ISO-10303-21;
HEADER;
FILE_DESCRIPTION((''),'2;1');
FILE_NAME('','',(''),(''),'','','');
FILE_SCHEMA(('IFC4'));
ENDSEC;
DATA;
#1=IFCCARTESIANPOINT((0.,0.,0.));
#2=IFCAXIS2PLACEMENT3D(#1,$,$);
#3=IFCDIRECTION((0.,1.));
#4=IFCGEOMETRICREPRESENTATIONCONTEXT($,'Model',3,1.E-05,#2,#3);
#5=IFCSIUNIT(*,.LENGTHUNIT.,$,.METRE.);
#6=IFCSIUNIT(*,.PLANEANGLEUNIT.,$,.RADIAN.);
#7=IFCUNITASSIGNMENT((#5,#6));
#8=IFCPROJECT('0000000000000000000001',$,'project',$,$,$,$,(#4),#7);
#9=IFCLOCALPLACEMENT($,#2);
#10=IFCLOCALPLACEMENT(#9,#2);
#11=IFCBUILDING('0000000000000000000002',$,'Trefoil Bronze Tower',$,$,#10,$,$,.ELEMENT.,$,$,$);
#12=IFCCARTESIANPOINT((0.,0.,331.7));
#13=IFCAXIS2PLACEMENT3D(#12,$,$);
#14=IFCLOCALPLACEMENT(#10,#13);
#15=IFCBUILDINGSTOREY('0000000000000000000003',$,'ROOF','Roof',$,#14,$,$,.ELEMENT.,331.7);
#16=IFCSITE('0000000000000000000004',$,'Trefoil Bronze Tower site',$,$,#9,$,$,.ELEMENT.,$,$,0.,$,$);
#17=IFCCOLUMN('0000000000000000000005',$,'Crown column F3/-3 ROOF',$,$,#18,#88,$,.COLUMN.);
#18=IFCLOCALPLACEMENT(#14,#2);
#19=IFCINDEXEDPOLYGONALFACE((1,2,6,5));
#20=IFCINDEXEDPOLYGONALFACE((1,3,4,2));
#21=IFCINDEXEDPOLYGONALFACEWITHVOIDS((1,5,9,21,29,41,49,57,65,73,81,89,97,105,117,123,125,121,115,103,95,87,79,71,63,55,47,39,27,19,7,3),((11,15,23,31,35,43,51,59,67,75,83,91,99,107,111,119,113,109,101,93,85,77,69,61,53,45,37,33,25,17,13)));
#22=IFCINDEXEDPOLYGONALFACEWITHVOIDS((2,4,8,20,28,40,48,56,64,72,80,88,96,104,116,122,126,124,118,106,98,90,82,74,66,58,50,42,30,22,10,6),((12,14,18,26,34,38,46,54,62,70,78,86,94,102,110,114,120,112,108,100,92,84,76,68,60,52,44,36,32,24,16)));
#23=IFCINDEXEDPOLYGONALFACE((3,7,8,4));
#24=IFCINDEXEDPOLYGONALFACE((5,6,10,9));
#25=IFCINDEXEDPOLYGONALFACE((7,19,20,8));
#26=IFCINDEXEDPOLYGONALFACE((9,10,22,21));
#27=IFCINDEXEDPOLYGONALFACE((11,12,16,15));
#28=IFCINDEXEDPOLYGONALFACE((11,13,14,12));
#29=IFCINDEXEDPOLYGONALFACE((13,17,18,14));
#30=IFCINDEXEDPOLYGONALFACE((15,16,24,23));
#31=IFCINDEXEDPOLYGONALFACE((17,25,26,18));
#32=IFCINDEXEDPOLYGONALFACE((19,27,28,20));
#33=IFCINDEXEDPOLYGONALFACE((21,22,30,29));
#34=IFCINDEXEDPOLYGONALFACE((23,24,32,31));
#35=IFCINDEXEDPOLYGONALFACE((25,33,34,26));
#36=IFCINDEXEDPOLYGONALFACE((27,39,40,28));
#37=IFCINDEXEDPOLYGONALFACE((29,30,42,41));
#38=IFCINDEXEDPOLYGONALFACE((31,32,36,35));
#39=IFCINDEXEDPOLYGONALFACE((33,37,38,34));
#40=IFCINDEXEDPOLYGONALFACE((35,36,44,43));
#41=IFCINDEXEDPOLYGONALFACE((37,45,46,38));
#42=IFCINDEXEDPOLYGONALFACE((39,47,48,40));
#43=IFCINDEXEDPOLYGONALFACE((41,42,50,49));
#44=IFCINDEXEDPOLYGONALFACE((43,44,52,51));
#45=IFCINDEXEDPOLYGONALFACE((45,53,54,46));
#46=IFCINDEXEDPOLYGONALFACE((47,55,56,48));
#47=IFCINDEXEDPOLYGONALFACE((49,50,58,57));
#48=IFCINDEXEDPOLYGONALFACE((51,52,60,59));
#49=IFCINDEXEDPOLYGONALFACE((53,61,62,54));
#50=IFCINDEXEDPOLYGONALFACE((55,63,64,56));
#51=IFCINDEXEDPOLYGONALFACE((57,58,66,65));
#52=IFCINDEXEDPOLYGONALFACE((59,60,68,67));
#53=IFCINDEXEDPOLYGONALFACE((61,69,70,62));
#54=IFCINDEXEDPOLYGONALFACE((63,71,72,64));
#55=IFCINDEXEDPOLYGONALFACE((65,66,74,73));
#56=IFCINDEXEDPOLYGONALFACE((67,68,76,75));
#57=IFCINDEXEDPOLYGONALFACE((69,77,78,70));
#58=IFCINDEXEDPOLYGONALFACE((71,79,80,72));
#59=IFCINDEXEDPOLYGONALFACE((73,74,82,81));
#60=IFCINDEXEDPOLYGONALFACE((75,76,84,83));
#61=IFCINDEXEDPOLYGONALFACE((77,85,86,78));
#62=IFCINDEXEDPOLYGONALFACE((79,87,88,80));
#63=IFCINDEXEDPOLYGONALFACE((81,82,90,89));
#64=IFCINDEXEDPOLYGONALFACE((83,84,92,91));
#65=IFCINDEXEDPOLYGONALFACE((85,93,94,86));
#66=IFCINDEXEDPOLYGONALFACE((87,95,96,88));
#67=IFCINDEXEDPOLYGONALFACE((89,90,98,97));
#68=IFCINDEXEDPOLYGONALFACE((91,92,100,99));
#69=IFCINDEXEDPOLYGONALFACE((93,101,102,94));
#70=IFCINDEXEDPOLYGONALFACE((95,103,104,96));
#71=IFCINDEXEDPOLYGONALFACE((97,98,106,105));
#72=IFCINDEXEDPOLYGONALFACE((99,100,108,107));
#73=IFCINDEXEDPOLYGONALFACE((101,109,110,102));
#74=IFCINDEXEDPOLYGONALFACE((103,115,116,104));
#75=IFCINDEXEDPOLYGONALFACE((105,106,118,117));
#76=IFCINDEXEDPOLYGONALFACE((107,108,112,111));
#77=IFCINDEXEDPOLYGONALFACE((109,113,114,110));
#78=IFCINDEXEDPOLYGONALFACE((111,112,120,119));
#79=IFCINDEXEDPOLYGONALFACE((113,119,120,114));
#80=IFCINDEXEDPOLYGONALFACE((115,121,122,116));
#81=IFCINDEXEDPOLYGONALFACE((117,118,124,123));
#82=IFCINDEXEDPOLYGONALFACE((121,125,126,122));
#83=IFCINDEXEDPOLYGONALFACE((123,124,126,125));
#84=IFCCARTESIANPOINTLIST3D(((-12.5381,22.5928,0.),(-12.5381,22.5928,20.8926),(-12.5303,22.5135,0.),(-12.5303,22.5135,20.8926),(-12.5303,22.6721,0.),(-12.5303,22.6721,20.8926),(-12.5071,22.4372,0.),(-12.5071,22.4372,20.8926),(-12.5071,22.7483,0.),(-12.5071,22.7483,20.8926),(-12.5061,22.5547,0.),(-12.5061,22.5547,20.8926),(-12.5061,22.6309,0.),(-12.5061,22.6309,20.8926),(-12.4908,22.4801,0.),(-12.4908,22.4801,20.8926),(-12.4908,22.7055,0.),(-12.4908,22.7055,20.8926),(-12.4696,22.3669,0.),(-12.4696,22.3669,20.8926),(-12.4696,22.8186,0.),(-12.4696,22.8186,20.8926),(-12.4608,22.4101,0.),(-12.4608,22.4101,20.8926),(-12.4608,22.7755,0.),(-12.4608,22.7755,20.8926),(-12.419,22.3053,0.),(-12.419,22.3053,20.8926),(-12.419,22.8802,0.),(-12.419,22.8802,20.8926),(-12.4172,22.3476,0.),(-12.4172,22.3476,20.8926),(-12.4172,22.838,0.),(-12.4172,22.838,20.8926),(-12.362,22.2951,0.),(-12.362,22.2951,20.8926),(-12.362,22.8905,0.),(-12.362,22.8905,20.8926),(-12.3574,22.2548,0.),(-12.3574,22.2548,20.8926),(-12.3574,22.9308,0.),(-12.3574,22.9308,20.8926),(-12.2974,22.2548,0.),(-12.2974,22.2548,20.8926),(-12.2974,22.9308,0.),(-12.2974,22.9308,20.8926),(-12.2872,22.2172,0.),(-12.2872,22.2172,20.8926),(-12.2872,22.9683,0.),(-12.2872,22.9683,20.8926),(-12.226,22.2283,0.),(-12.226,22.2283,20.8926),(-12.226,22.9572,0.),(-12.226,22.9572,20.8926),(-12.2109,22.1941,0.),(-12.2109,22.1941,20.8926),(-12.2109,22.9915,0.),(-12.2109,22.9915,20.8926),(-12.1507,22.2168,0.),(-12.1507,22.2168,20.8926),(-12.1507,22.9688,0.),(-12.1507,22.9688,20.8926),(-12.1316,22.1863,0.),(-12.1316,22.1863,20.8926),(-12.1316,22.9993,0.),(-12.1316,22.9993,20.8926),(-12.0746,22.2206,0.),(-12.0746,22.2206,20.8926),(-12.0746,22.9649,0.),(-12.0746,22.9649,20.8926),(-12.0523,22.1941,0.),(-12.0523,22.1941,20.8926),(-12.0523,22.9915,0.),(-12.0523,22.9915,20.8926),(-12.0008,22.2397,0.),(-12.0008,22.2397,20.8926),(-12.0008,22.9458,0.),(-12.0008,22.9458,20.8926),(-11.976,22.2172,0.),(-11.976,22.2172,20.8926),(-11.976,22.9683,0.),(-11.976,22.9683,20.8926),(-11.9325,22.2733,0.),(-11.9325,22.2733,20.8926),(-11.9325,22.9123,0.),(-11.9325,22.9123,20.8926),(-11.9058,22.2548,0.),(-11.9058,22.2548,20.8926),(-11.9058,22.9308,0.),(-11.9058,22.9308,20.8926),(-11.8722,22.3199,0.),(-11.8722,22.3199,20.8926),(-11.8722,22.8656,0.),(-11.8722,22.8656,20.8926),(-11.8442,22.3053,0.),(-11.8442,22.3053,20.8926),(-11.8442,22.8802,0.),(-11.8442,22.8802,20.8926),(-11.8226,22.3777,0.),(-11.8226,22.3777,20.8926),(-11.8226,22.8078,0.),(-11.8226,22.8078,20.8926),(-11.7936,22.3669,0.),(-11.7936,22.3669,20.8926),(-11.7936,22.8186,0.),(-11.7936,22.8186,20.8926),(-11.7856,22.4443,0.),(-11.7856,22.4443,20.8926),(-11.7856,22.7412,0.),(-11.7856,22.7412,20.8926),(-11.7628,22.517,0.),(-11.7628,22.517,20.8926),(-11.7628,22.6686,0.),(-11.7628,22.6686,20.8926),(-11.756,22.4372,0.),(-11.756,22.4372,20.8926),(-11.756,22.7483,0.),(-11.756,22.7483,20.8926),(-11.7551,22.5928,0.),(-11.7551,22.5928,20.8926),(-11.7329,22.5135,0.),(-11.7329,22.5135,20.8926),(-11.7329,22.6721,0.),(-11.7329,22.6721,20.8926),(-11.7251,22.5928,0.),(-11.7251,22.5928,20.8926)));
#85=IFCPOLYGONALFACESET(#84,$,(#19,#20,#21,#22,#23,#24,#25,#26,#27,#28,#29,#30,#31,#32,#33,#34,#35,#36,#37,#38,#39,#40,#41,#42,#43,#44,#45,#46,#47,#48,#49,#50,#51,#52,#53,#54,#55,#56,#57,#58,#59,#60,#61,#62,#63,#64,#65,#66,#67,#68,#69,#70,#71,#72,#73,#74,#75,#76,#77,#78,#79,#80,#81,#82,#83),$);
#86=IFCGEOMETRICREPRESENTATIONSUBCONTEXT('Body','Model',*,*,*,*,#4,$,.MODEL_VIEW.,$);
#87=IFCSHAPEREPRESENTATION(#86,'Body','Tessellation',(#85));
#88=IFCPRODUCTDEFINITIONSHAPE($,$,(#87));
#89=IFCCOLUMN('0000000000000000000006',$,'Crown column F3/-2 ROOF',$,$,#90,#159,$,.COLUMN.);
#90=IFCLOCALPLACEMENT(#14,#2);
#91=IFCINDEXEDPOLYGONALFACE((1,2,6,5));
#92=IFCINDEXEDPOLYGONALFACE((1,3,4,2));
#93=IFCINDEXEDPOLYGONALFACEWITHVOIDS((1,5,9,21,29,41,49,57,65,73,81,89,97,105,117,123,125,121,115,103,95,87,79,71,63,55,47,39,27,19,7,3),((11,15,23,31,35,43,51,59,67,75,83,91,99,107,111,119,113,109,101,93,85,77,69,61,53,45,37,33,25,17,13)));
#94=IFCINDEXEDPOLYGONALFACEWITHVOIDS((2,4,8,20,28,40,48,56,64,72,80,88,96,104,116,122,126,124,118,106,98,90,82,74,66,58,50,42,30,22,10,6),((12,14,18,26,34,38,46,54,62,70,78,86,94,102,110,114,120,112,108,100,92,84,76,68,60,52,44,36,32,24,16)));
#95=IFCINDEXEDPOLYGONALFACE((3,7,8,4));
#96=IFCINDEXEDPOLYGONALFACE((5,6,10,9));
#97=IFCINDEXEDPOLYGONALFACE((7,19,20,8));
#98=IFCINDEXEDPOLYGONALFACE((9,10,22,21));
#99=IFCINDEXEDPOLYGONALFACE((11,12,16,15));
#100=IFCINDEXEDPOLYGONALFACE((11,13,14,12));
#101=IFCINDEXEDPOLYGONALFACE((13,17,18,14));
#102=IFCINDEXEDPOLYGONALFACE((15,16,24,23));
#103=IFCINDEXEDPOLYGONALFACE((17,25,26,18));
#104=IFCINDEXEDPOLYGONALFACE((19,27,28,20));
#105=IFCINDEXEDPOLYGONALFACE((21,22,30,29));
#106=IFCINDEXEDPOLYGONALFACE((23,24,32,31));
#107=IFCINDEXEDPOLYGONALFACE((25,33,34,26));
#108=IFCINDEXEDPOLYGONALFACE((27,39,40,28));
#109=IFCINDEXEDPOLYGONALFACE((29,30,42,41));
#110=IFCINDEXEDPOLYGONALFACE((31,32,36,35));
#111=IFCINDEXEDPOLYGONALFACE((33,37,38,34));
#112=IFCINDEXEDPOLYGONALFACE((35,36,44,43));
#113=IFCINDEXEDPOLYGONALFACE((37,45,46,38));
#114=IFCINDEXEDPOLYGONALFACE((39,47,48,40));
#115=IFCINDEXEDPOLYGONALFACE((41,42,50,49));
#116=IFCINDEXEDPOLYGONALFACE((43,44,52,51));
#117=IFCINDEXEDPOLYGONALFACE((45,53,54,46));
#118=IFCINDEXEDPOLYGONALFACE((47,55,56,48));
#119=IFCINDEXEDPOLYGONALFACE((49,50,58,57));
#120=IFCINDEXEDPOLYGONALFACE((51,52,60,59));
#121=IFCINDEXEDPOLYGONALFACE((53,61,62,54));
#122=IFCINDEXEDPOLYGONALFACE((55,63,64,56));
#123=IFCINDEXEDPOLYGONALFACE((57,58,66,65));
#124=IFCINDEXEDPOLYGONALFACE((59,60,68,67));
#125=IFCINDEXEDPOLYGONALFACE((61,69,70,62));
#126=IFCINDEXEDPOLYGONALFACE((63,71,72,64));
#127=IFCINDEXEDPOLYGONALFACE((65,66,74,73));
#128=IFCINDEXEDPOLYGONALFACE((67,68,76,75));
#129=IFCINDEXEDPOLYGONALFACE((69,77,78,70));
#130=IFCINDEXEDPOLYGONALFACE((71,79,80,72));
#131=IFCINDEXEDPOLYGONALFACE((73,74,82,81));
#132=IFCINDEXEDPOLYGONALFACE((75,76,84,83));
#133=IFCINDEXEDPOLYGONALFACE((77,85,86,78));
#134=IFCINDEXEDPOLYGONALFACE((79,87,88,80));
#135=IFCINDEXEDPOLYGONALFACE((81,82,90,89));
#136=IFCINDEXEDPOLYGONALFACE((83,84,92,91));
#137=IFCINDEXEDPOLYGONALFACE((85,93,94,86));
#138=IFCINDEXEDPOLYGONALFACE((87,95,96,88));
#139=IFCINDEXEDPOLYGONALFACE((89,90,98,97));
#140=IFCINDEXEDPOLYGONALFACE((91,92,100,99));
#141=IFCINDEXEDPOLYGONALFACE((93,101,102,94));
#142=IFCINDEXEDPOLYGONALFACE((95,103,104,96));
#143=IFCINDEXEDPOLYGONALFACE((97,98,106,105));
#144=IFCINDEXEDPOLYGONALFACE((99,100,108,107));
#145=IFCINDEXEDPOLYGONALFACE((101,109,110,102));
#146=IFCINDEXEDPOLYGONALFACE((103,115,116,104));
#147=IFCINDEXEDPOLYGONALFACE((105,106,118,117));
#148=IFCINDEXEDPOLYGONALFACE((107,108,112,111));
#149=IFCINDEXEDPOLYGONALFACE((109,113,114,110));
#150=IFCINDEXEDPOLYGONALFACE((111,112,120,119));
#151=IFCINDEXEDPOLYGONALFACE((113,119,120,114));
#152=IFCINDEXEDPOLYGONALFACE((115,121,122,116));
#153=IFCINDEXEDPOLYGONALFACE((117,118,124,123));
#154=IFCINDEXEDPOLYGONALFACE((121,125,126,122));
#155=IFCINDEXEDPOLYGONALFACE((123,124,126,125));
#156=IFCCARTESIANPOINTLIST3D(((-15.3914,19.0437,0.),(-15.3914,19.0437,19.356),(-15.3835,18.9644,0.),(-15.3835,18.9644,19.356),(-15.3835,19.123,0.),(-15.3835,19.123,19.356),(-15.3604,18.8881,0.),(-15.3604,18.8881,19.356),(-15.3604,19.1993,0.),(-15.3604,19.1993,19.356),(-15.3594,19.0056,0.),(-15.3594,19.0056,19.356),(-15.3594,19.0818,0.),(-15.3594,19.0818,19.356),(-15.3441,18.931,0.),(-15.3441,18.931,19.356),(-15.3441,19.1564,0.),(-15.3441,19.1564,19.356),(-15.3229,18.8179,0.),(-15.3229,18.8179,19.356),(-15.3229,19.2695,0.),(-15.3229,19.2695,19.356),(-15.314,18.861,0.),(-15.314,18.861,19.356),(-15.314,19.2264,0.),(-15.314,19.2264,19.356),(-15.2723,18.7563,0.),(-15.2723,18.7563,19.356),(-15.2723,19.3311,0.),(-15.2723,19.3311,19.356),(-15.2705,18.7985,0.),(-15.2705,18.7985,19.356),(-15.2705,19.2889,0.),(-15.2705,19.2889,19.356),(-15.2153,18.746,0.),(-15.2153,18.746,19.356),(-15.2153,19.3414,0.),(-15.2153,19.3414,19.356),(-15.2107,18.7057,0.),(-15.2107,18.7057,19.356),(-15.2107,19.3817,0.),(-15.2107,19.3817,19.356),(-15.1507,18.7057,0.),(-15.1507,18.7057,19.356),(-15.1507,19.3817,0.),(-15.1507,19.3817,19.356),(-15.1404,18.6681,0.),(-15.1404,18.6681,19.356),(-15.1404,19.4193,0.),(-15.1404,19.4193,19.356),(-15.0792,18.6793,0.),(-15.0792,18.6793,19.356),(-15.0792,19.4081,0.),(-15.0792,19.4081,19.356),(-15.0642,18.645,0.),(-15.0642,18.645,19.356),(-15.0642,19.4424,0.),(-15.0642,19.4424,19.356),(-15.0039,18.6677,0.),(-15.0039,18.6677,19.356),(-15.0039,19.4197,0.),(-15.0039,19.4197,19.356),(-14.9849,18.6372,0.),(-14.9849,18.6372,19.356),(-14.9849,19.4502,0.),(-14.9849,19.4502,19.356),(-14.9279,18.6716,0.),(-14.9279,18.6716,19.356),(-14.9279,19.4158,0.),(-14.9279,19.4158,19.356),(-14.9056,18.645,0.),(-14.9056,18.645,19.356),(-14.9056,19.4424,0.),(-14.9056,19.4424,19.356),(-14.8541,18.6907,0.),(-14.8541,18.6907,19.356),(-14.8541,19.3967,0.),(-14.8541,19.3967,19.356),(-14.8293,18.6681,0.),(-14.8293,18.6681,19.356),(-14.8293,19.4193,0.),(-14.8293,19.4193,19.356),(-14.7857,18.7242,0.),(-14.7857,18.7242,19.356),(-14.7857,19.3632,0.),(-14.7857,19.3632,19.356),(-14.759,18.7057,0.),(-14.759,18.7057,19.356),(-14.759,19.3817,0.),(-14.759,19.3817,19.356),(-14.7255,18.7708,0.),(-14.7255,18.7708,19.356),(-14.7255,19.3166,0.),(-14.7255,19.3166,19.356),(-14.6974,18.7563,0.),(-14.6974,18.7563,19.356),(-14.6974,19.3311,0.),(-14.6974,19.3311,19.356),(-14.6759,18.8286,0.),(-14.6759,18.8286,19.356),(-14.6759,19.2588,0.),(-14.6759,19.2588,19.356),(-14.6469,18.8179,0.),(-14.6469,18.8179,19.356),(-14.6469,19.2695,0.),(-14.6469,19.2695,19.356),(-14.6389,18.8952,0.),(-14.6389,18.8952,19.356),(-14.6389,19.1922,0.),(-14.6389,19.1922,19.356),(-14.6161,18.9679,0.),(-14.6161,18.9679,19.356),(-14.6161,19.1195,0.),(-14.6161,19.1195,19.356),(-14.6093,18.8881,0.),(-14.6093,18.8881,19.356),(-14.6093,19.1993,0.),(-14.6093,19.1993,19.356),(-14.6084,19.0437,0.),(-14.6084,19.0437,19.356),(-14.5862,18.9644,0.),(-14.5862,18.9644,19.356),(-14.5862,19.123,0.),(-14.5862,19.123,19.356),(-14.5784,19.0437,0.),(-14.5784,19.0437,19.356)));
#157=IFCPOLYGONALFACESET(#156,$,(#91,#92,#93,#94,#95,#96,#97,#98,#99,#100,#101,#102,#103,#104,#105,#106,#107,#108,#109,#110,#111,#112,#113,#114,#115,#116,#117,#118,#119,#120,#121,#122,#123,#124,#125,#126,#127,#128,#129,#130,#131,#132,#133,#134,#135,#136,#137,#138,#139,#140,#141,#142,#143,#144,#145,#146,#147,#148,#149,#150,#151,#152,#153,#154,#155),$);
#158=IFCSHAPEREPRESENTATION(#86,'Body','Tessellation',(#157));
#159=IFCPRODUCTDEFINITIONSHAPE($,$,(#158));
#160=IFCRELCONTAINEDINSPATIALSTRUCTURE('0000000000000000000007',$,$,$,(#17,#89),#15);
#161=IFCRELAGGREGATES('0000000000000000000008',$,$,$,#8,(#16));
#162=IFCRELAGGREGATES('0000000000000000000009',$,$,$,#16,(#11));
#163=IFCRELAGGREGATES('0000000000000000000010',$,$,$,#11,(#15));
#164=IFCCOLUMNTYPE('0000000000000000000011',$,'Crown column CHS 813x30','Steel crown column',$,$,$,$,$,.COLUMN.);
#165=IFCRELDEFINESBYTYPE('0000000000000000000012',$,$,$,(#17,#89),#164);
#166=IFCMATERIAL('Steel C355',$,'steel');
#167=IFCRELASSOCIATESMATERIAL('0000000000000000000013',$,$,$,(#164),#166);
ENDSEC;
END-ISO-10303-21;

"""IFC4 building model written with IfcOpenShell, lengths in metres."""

from ifc_helpers import new_model, si_unit, direction, frame, origin, origin_2d, place, context, subcontext, project, spatial, hollow_circle, extrude, material, material_profile, profile_set, type_object, element, save


model = new_model("IFC4")

# Units and contexts
model_context = context("Model", 3, precision=1e-05, world=origin(), true_north=direction((0.0, 1.0)))
body_context = subcontext(model_context, "Body", "Model", "MODEL_VIEW")
ifc_project = project(units=[si_unit("LENGTHUNIT", "METRE"), si_unit("PLANEANGLEUNIT", "RADIAN")], contexts=[model_context])

# Site, building, storey
site_placement = place(None, origin())
site = spatial("IfcSite", under=ifc_project, at=site_placement, Name="Trefoil Bronze Tower site", CompositionType="ELEMENT", RefElevation=0.0)
building_placement = place(site_placement, origin())
building = spatial("IfcBuilding", under=site, at=building_placement, Name="Trefoil Bronze Tower", CompositionType="ELEMENT")
storey_placement = place(building_placement, frame((0.0, 0.0, 331.7)))
storey = spatial("IfcBuildingStorey", under=building, at=storey_placement, Name="ROOF", Description="Roof", CompositionType="ELEMENT", Elevation=331.7)

# Columns
ifc_material_1 = material(Name="Steel C355", Category="steel")
ifc_material_profile_1 = material_profile(ifc_material_1, hollow_circle(Radius=0.4065, WallThickness=0.03, at=origin_2d()), Name="CHS 813x30")
ifc_profile_set_1 = profile_set([ifc_material_profile_1], Name="Steel C355")
column_type_1 = type_object("IfcColumnType", Name="Crown column CHS 813x30", Description="Steel crown column", PredefinedType="COLUMN", material=ifc_profile_set_1)
column_1_placement = place(storey_placement, frame((-12.1316, 22.5928, 0.0), z_axis=(0.0, 0.0, 1.0), x_axis=(1.0, 0.0, 0.0)))
element("IfcColumn", 1, at=column_1_placement, inside=storey, type_object=column_type_1, Name="Crown column F3/-3 ROOF", PredefinedType="COLUMN", context=body_context, shape_type="SweptSolid", body=[
    extrude(hollow_circle(Radius=0.4065, WallThickness=0.03, at=origin_2d()), origin(), (0.0, 0.0, 1.0), 20.8926),
])
column_2_placement = place(storey_placement, frame((-14.9849, 19.0437, 0.0), z_axis=(0.0, 0.0, 1.0), x_axis=(1.0, 0.0, 0.0)))
element("IfcColumn", 2, at=column_2_placement, inside=storey, type_object=column_type_1, Name="Crown column F3/-2 ROOF", PredefinedType="COLUMN", context=body_context, shape_type="SweptSolid", body=[
    extrude(hollow_circle(Radius=0.4065, WallThickness=0.03, at=origin_2d()), origin(), (0.0, 0.0, 1.0), 19.356),
])

save(model, "model.ifc")
